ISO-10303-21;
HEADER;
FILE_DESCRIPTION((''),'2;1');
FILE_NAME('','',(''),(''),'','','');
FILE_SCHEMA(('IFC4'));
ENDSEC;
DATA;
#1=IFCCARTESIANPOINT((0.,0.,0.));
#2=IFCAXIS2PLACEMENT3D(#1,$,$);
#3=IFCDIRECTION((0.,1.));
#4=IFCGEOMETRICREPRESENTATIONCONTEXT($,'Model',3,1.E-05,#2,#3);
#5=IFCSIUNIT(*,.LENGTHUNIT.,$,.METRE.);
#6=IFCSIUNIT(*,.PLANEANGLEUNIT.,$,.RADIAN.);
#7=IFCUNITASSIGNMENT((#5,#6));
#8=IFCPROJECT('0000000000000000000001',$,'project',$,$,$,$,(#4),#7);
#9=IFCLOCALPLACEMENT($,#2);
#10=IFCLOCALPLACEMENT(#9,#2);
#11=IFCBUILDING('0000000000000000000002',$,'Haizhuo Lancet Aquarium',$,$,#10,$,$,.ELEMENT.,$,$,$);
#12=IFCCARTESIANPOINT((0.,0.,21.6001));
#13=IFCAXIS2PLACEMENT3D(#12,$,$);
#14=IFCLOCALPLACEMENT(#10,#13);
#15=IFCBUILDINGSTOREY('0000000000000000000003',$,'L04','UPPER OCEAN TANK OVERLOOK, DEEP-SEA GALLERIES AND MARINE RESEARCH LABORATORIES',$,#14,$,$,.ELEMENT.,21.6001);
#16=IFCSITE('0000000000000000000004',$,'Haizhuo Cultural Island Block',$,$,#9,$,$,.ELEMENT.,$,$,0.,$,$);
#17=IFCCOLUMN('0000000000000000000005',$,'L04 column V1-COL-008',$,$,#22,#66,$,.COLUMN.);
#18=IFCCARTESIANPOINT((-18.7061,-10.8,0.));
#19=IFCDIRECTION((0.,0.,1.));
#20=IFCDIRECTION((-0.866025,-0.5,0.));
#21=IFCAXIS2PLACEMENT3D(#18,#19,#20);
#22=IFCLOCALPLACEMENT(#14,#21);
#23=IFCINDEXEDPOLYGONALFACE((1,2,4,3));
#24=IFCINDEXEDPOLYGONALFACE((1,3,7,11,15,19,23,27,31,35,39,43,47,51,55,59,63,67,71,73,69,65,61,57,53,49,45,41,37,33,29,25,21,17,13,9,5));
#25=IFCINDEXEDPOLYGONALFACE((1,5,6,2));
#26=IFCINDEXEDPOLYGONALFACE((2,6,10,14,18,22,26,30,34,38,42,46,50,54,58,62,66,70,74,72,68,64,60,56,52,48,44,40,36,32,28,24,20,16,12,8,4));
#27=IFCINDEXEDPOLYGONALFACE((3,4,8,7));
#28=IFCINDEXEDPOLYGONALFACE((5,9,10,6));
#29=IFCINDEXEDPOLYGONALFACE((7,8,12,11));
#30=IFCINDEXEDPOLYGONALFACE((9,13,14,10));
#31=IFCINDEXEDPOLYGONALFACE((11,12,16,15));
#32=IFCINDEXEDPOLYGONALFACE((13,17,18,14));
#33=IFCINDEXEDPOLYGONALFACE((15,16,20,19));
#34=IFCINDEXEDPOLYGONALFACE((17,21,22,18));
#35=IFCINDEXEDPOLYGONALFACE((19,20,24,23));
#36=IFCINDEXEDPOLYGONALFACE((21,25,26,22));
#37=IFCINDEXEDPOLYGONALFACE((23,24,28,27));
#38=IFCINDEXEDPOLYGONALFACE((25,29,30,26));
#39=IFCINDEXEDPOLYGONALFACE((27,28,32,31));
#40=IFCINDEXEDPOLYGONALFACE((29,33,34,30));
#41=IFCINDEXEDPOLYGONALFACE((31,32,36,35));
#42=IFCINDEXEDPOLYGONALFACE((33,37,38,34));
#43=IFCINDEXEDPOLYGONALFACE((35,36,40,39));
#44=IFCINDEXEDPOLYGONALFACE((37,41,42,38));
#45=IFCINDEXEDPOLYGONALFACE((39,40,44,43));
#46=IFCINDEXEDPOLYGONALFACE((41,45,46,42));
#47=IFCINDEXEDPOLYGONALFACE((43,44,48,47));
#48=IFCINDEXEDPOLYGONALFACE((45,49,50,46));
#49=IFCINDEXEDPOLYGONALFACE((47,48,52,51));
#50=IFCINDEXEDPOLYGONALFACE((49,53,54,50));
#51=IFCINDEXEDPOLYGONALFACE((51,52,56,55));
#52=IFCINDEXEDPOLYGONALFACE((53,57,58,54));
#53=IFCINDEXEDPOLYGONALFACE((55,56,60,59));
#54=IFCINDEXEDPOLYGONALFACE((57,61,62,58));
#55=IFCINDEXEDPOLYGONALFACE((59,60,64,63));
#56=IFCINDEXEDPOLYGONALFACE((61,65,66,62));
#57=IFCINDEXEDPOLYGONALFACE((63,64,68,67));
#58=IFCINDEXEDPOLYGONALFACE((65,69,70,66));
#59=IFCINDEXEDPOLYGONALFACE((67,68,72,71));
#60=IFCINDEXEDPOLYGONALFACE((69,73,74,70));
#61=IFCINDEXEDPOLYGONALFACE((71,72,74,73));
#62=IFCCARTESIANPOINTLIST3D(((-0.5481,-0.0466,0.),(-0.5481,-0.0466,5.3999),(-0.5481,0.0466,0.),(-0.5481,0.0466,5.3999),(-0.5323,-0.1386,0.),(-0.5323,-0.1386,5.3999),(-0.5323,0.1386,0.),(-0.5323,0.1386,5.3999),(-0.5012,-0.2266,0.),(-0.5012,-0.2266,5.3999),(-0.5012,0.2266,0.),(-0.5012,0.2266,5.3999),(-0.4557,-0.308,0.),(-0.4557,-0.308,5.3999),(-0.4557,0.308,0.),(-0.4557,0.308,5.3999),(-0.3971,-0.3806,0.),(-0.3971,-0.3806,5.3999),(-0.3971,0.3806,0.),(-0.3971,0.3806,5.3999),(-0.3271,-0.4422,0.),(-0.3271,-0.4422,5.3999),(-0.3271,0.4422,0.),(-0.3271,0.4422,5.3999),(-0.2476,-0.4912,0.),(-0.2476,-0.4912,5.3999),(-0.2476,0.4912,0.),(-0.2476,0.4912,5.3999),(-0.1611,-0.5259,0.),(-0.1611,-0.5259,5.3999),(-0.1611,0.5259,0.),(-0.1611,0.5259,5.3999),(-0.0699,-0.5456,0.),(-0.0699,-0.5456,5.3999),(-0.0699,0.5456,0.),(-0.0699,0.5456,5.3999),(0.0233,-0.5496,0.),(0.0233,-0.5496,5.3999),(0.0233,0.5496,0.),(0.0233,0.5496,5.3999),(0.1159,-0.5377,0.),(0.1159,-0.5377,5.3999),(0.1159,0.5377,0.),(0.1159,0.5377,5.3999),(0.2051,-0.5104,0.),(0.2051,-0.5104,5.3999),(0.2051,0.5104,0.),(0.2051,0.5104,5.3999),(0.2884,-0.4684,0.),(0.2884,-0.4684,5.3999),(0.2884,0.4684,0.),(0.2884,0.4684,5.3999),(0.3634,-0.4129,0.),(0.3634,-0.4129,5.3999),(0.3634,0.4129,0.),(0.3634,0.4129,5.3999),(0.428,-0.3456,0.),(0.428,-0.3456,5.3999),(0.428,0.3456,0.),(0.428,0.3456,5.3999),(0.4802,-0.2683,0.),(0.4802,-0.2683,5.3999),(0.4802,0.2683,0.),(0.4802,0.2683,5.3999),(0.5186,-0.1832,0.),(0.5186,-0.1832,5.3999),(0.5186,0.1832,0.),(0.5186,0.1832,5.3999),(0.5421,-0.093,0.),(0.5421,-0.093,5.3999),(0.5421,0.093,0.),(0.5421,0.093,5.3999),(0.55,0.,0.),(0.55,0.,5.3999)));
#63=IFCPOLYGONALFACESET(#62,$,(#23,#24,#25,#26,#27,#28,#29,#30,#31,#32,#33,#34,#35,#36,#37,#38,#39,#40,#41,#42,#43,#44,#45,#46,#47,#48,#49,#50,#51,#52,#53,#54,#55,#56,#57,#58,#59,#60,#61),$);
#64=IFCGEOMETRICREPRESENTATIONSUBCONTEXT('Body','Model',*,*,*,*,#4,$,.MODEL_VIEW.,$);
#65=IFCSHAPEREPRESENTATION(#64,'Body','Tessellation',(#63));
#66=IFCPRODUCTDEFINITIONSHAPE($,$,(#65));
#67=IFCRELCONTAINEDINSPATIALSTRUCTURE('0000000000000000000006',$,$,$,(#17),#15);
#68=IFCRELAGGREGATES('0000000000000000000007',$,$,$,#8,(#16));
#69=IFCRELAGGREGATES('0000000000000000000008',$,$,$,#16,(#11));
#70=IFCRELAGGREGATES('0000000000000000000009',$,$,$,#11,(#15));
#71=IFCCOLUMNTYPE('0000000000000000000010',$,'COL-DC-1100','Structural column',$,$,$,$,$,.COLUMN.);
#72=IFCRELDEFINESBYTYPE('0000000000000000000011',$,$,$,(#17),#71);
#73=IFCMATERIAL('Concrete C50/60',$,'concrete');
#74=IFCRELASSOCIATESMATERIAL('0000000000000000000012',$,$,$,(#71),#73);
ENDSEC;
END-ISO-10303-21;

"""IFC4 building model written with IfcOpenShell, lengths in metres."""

from ifc_helpers import new_model, si_unit, direction, frame, origin, origin_2d, place, context, subcontext, project, spatial, circle, extrude, material, material_profile, profile_set, type_object, element, save


model = new_model("IFC4")

# Units and contexts
model_context = context("Model", 3, precision=1e-05, world=origin(), true_north=direction((0.0, 1.0)))
body_context = subcontext(model_context, "Body", "Model", "MODEL_VIEW")
ifc_project = project(units=[si_unit("LENGTHUNIT", "METRE"), si_unit("PLANEANGLEUNIT", "RADIAN")], contexts=[model_context])

# Site, building, storey
site_placement = place(None, origin())
site = spatial("IfcSite", under=ifc_project, at=site_placement, Name="Haizhuo Cultural Island Block", CompositionType="ELEMENT", RefElevation=0.0)
building_placement = place(site_placement, origin())
building = spatial("IfcBuilding", under=site, at=building_placement, Name="Haizhuo Lancet Aquarium", CompositionType="ELEMENT")
storey_placement = place(building_placement, frame((0.0, 0.0, 21.6001)))
storey = spatial("IfcBuildingStorey", under=building, at=storey_placement, Name="L04", Description="UPPER OCEAN TANK OVERLOOK, DEEP-SEA GALLERIES AND MARINE RESEARCH LABORATORIES", CompositionType="ELEMENT", Elevation=21.6001)

# Column
ifc_material_1 = material(Name="Concrete C50/60", Category="concrete")
ifc_material_profile_1 = material_profile(ifc_material_1, circle(Radius=0.55, at=origin_2d()), Name="RC-DC 1100")
ifc_profile_set_1 = profile_set([ifc_material_profile_1], Name="Concrete C50/60")
column_type = type_object("IfcColumnType", Name="COL-DC-1100", Description="Structural column", PredefinedType="COLUMN", material=ifc_profile_set_1)
column_placement = place(storey_placement, frame((-18.7061, -10.8, 0.0), z_axis=(0.0, 0.0, 1.0), x_axis=(-0.866025, -0.5, 0.0)))
element("IfcColumn", 1, at=column_placement, inside=storey, type_object=column_type, Name="L04 column V1-COL-008", PredefinedType="COLUMN", context=body_context, shape_type="SweptSolid", body=[
    extrude(circle(Radius=0.55, at=origin_2d()), origin(), (0.0, 0.0, 1.0), 5.3999),
])

save(model, "model.ifc")
